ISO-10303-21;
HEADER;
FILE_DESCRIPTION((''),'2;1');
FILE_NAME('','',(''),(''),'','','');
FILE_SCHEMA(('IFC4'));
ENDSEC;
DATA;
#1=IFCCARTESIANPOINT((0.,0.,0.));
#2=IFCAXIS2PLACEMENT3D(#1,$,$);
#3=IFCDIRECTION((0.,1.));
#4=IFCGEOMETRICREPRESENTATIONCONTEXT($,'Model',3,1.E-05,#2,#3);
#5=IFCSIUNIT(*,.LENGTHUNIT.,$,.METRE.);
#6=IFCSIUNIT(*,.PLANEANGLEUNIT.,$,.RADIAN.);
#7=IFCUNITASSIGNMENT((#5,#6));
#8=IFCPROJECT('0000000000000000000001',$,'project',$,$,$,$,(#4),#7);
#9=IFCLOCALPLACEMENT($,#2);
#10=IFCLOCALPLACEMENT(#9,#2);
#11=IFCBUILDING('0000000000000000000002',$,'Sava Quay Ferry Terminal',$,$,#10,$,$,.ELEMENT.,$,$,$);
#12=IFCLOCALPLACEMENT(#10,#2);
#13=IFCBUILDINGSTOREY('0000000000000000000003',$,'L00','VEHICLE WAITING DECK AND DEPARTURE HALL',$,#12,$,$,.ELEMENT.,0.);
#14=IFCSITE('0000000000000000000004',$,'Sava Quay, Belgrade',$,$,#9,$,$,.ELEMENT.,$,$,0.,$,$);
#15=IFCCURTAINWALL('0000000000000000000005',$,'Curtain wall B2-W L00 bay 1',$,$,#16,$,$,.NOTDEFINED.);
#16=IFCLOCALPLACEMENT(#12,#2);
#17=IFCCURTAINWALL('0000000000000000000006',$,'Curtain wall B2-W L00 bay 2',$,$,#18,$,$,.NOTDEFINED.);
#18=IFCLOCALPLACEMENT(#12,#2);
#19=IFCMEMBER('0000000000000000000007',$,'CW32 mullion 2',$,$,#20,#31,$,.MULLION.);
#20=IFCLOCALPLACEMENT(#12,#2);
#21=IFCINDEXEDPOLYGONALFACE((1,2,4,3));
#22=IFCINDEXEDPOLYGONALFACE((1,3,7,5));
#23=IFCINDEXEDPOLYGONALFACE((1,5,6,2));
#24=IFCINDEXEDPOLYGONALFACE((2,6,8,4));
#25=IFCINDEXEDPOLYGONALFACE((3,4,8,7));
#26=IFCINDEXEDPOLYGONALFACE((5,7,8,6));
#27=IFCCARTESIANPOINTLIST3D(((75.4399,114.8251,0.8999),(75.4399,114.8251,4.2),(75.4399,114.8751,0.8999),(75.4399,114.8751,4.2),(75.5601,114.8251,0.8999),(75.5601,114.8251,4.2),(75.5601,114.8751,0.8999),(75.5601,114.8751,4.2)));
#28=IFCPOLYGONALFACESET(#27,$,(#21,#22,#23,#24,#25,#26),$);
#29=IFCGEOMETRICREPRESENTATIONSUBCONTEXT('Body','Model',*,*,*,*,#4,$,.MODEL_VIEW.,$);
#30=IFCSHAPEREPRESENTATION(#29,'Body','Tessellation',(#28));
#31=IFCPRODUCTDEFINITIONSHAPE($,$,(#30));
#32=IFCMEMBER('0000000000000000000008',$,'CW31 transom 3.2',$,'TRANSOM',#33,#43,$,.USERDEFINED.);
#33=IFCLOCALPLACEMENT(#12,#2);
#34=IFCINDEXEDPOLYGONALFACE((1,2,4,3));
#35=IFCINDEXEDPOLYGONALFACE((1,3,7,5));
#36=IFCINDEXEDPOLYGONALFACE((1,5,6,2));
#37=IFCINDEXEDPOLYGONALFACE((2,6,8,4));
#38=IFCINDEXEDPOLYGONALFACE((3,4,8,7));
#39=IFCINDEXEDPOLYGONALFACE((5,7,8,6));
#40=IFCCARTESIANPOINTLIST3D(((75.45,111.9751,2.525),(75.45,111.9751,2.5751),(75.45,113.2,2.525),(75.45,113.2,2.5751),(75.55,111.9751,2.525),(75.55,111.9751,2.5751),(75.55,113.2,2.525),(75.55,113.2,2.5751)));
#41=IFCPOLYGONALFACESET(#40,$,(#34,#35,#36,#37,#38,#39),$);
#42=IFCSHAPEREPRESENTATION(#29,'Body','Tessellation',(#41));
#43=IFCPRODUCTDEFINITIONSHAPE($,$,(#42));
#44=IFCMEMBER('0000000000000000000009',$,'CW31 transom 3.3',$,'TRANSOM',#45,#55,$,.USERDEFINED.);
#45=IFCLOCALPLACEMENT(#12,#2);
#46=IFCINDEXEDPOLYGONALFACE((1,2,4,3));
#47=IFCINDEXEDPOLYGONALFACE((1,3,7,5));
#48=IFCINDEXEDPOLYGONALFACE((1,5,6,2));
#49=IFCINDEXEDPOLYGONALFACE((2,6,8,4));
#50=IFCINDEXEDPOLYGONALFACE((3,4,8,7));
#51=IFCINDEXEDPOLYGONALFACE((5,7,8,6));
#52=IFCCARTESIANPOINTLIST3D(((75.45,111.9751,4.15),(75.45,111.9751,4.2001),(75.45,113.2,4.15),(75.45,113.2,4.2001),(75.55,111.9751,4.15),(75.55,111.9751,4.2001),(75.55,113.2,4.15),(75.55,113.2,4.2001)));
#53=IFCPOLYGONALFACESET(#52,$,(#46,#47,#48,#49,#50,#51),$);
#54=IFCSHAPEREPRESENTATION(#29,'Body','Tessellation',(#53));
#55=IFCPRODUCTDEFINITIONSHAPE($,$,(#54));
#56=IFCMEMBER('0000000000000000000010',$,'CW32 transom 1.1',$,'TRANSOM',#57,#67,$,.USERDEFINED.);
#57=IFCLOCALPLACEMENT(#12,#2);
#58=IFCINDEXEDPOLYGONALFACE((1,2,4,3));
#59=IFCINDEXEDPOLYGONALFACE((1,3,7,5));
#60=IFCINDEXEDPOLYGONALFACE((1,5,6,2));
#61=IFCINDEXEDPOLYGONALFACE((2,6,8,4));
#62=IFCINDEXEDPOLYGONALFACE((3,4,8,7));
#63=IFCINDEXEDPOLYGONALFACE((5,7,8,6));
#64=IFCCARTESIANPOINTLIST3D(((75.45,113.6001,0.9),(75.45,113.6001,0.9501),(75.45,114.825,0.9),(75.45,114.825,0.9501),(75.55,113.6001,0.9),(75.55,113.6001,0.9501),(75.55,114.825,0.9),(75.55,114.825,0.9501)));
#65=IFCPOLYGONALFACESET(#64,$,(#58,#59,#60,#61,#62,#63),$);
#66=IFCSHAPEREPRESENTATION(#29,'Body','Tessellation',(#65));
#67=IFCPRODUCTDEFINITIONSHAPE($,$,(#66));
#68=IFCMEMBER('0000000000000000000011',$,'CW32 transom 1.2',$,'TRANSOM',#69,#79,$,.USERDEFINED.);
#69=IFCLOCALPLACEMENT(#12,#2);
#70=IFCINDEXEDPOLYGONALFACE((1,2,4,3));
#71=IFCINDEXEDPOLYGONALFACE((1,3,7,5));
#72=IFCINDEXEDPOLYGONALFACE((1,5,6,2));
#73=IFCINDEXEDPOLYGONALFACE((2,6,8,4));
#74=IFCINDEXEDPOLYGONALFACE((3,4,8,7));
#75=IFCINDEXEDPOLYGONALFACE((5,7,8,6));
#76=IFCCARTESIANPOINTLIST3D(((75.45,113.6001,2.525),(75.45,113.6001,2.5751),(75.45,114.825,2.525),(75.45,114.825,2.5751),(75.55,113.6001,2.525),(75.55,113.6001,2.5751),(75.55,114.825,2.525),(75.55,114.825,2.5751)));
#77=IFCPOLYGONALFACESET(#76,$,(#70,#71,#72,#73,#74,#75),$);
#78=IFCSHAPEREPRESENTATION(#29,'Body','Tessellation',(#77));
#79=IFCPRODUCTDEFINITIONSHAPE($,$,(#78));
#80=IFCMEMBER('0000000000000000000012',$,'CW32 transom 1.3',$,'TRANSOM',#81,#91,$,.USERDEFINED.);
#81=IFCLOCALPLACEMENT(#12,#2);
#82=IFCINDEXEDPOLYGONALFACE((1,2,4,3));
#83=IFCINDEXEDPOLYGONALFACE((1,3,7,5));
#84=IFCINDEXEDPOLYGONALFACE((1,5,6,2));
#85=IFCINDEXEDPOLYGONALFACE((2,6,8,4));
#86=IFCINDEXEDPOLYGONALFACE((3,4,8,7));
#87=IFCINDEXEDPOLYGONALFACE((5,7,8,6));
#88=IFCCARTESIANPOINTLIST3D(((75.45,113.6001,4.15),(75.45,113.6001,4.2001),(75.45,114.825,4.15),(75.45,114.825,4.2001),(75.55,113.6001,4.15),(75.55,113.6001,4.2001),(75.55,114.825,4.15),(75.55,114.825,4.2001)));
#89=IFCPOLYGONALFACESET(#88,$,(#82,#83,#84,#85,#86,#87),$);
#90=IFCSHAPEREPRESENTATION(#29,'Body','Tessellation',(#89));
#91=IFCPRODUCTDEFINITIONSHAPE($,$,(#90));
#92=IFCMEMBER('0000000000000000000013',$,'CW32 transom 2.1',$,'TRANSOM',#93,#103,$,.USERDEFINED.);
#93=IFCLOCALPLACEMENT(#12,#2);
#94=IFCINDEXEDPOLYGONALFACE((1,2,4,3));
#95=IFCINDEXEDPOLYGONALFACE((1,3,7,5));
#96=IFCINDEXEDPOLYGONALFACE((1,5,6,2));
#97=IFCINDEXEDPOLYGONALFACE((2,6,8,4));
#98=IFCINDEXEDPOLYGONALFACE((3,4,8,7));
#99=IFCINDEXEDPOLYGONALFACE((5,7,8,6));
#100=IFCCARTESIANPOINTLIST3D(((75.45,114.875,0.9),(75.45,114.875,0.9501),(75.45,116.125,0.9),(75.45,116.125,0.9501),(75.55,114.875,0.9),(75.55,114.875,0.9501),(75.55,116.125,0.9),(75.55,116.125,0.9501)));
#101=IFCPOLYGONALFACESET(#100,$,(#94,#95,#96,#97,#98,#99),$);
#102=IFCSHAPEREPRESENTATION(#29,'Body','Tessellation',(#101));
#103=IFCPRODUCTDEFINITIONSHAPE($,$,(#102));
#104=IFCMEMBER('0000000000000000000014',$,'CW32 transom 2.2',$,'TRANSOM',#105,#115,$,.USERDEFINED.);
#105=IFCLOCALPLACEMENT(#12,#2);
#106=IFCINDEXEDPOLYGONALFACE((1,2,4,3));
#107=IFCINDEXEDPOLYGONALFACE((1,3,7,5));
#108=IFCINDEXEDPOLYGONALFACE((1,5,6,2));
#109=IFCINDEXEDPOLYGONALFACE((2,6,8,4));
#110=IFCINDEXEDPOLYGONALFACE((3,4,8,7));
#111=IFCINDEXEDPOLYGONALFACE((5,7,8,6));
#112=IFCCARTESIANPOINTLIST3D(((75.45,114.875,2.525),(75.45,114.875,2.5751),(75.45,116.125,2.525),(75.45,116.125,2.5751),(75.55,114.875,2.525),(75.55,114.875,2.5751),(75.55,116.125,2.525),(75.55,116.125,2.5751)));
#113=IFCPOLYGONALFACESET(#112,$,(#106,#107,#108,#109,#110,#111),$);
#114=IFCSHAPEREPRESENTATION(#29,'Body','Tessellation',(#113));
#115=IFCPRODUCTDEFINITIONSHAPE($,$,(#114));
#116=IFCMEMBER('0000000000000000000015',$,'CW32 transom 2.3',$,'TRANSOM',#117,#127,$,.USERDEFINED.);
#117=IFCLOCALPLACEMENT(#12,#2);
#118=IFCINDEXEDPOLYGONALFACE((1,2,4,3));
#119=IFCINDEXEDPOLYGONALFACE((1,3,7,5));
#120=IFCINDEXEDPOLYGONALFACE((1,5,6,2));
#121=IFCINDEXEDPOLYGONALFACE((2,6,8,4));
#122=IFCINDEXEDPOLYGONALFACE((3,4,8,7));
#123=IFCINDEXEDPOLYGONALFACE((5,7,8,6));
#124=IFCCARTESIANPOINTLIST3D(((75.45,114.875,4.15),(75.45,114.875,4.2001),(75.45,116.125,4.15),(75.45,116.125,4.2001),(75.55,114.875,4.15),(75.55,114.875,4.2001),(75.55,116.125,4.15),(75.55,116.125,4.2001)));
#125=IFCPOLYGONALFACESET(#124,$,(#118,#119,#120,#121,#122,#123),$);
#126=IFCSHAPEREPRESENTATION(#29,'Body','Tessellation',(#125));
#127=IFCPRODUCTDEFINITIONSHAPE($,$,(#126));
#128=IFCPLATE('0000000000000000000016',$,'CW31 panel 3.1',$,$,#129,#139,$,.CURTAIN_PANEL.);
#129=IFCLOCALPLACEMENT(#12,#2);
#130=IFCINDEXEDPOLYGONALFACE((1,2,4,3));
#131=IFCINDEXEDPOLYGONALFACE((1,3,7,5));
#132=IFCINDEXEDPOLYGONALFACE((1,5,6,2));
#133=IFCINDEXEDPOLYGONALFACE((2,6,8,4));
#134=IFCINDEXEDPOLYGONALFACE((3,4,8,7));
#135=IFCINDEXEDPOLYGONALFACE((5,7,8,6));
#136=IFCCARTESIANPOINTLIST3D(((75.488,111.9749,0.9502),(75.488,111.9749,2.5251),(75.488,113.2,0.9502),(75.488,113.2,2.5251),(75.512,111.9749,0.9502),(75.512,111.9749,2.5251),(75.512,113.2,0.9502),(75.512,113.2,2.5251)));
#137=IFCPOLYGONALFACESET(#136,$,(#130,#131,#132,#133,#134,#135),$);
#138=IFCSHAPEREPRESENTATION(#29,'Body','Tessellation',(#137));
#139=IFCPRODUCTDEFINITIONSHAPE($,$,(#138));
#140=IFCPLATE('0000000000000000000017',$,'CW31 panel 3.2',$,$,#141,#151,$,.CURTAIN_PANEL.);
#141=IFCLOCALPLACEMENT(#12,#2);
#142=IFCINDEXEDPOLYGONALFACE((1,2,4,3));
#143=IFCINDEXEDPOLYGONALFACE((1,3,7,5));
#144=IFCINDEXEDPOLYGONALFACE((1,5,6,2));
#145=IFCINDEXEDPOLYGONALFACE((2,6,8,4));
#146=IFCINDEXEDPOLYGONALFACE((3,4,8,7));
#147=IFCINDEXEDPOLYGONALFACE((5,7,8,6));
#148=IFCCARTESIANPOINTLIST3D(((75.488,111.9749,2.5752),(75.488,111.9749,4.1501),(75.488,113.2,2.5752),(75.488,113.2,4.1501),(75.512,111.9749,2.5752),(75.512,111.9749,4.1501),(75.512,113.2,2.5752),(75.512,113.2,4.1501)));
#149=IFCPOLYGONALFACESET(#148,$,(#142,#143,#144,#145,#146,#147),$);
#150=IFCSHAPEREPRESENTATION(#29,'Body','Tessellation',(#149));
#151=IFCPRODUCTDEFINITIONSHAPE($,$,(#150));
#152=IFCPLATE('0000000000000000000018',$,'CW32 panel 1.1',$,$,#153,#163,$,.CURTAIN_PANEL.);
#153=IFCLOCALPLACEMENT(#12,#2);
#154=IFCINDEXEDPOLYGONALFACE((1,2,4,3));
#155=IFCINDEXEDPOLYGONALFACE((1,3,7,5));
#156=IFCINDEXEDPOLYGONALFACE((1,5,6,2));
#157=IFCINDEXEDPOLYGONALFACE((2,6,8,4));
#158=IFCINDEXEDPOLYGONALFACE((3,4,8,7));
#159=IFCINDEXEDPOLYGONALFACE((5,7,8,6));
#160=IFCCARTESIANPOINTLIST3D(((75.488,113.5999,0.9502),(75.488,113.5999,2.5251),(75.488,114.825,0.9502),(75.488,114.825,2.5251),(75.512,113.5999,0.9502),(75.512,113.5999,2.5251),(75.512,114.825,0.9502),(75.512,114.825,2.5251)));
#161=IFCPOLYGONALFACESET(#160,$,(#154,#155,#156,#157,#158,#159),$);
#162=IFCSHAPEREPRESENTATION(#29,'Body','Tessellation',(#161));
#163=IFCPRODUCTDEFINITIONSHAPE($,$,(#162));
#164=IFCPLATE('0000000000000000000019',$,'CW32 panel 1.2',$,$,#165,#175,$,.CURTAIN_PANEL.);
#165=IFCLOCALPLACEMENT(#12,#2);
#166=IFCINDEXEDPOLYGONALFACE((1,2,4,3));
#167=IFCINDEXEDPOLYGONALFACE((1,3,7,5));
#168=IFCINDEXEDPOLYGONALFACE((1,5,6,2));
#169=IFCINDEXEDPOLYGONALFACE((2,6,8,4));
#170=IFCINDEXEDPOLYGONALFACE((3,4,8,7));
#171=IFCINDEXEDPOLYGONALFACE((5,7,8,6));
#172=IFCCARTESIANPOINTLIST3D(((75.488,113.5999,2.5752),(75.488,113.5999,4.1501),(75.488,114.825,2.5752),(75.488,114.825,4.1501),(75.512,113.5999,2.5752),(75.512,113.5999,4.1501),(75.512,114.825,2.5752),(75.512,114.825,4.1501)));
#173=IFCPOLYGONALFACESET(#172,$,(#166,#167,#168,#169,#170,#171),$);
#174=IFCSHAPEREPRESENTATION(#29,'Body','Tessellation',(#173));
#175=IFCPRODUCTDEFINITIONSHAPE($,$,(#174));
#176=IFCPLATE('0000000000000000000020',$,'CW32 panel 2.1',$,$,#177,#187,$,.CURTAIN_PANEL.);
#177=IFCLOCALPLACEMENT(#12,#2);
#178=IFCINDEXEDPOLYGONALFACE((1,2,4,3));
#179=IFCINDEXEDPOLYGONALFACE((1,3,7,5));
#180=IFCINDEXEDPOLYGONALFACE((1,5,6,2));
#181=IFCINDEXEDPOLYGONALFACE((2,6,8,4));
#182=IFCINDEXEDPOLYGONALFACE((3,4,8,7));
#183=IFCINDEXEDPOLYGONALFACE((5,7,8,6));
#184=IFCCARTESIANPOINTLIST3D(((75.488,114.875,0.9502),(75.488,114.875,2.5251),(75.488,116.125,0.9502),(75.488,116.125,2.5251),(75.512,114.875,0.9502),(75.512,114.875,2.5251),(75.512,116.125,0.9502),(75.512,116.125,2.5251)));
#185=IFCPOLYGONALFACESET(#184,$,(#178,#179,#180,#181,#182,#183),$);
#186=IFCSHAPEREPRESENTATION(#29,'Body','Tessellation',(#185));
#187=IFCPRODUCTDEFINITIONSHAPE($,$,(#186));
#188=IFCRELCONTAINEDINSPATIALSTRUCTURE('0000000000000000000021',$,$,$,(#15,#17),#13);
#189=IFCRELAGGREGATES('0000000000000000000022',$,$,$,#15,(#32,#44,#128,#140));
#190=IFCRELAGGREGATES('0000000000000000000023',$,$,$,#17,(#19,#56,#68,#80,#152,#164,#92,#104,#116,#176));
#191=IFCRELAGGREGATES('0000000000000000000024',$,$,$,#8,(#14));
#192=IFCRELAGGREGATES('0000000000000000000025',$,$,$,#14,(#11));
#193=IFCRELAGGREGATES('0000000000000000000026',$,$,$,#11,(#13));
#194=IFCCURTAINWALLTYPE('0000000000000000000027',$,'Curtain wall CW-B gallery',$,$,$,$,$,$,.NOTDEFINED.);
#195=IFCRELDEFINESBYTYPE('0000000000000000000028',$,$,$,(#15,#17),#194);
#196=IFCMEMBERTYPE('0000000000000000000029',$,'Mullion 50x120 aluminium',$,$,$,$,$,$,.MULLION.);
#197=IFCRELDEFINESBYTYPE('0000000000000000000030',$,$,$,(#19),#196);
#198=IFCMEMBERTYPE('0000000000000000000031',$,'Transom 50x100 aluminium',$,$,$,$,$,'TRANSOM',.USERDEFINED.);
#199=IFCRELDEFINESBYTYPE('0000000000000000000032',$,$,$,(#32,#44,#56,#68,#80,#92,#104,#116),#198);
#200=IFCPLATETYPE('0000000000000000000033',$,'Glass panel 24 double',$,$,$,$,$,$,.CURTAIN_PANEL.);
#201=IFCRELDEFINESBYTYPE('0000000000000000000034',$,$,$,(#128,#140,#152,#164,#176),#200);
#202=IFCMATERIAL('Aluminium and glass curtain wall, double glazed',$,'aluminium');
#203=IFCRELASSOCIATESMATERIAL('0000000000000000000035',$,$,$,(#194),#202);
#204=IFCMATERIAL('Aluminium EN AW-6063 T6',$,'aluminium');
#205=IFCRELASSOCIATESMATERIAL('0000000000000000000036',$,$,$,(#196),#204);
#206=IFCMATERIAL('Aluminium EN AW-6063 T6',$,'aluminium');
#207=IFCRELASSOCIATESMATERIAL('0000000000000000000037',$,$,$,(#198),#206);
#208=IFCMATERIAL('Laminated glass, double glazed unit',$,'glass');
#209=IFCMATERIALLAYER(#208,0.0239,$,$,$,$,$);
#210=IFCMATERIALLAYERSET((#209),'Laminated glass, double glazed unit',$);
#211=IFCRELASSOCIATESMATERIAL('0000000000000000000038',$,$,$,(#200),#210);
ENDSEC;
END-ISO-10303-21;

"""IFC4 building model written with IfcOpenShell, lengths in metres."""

from ifc_helpers import new_model, si_unit, direction, frame, origin, origin_2d, place, context, subcontext, project, spatial, rectangle, extrude, material, layer, layer_set, material_profile, profile_set, type_object, element, aggregate, save


model = new_model("IFC4")

# Units and contexts
model_context = context("Model", 3, precision=1e-05, world=origin(), true_north=direction((0.0, 1.0)))
body_context = subcontext(model_context, "Body", "Model", "MODEL_VIEW")
ifc_project = project(units=[si_unit("LENGTHUNIT", "METRE"), si_unit("PLANEANGLEUNIT", "RADIAN")], contexts=[model_context])

# Site, building, storey
site_placement = place(None, origin())
site = spatial("IfcSite", under=ifc_project, at=site_placement, Name="Sava Quay, Belgrade", CompositionType="ELEMENT", RefElevation=0.0)
building_placement = place(site_placement, origin())
building = spatial("IfcBuilding", under=site, at=building_placement, Name="Sava Quay Ferry Terminal", CompositionType="ELEMENT")
storey_placement = place(building_placement, origin())
storey = spatial("IfcBuildingStorey", under=building, at=storey_placement, Name="L00", Description="VEHICLE WAITING DECK AND DEPARTURE HALL", CompositionType="ELEMENT", Elevation=0.0)

# Curtain wall
ifc_material_1 = material(Name="Aluminium and glass curtain wall, double glazed", Category="aluminium")
curtain_wall_type = type_object("IfcCurtainWallType", Name="Curtain wall CW-B gallery", PredefinedType="NOTDEFINED", material=ifc_material_1)
curtain_wall_1_placement = place(storey_placement, origin())
curtain_wall_1 = element("IfcCurtainWall", 1, at=curtain_wall_1_placement, inside=storey, type_object=curtain_wall_type, Name="Curtain wall B2-W L00 bay 1", PredefinedType="NOTDEFINED")
ifc_material_2 = material(Name="Aluminium EN AW-6063 T6", Category="aluminium")
ifc_material_profile_1 = material_profile(ifc_material_2, rectangle(XDim=0.1201, YDim=0.05, at=origin_2d()), Name="Mullion 50x120 aluminium")
ifc_profile_set_1 = profile_set([ifc_material_profile_1], Name="Aluminium EN AW-6063 T6")
member_type_1 = type_object("IfcMemberType", Name="Mullion 50x120 aluminium", PredefinedType="MULLION", material=ifc_profile_set_1)

# Curtain wall, member
curtain_wall_2_placement = place(storey_placement, origin())
curtain_wall_2 = element("IfcCurtainWall", 2, at=curtain_wall_2_placement, inside=storey, type_object=curtain_wall_type, Name="Curtain wall B2-W L00 bay 2", PredefinedType="NOTDEFINED")
member_1_placement = place(storey_placement, frame((75.5, 114.8501, 0.8999), z_axis=(0.0, 0.0, 1.0), x_axis=(-1.0, 0.0, 0.0)))
member_1 = element("IfcMember", 3, at=member_1_placement, type_object=member_type_1, Name="CW32 mullion 2", PredefinedType="MULLION", context=body_context, shape_type="SweptSolid", body=[
    extrude(rectangle(XDim=0.1201, YDim=0.05, at=origin_2d()), origin(), (0.0, 0.0, 1.0), 3.3),
])

# Members
ifc_material_3 = material(Name="Aluminium EN AW-6063 T6", Category="aluminium")
ifc_material_profile_2 = material_profile(ifc_material_3, rectangle(XDim=0.1001, YDim=0.05, at=origin_2d()), Name="Transom 50x100 aluminium")
ifc_profile_set_2 = profile_set([ifc_material_profile_2], Name="Aluminium EN AW-6063 T6")
member_type_2 = type_object("IfcMemberType", Name="Transom 50x100 aluminium", ElementType="TRANSOM", PredefinedType="USERDEFINED", material=ifc_profile_set_2)
member_2_placement = place(storey_placement, frame((75.5, 111.9751, 2.55), z_axis=(0.0, 1.0, 0.0), x_axis=(-1.0, 0.0, 0.0)))
member_2 = element("IfcMember", 4, at=member_2_placement, type_object=member_type_2, Name="CW31 transom 3.2", ObjectType="TRANSOM", PredefinedType="USERDEFINED", context=body_context, shape_type="SweptSolid", body=[
    extrude(rectangle(XDim=0.1001, YDim=0.05, at=origin_2d()), origin(), (0.0, 0.0, 1.0), 1.2249),
])
member_3_placement = place(storey_placement, frame((75.5, 111.9751, 4.175), z_axis=(0.0, 1.0, 0.0), x_axis=(-1.0, 0.0, 0.0)))
member_3 = element("IfcMember", 5, at=member_3_placement, type_object=member_type_2, Name="CW31 transom 3.3", ObjectType="TRANSOM", PredefinedType="USERDEFINED", context=body_context, shape_type="SweptSolid", body=[
    extrude(rectangle(XDim=0.1001, YDim=0.05, at=origin_2d()), origin(), (0.0, 0.0, 1.0), 1.2249),
])
member_4_placement = place(storey_placement, frame((75.5, 113.6001, 0.925), z_axis=(0.0, 1.0, 0.0), x_axis=(-1.0, 0.0, 0.0)))
member_4 = element("IfcMember", 6, at=member_4_placement, type_object=member_type_2, Name="CW32 transom 1.1", ObjectType="TRANSOM", PredefinedType="USERDEFINED", context=body_context, shape_type="SweptSolid", body=[
    extrude(rectangle(XDim=0.1001, YDim=0.05, at=origin_2d()), origin(), (0.0, 0.0, 1.0), 1.2249),
])
member_5_placement = place(storey_placement, frame((75.5, 113.6001, 2.55), z_axis=(0.0, 1.0, 0.0), x_axis=(-1.0, 0.0, 0.0)))
member_5 = element("IfcMember", 7, at=member_5_placement, type_object=member_type_2, Name="CW32 transom 1.2", ObjectType="TRANSOM", PredefinedType="USERDEFINED", context=body_context, shape_type="SweptSolid", body=[
    extrude(rectangle(XDim=0.1001, YDim=0.05, at=origin_2d()), origin(), (0.0, 0.0, 1.0), 1.2249),
])
member_6_placement = place(storey_placement, frame((75.5, 113.6001, 4.175), z_axis=(0.0, 1.0, 0.0), x_axis=(-1.0, 0.0, 0.0)))
member_6 = element("IfcMember", 8, at=member_6_placement, type_object=member_type_2, Name="CW32 transom 1.3", ObjectType="TRANSOM", PredefinedType="USERDEFINED", context=body_context, shape_type="SweptSolid", body=[
    extrude(rectangle(XDim=0.1001, YDim=0.05, at=origin_2d()), origin(), (0.0, 0.0, 1.0), 1.2249),
])
member_7_placement = place(storey_placement, frame((75.5, 114.875, 0.925), z_axis=(0.0, 1.0, 0.0), x_axis=(-1.0, 0.0, 0.0)))
member_7 = element("IfcMember", 9, at=member_7_placement, type_object=member_type_2, Name="CW32 transom 2.1", ObjectType="TRANSOM", PredefinedType="USERDEFINED", context=body_context, shape_type="SweptSolid", body=[
    extrude(rectangle(XDim=0.1001, YDim=0.05, at=origin_2d()), origin(), (0.0, 0.0, 1.0), 1.25),
])
member_8_placement = place(storey_placement, frame((75.5, 114.875, 2.55), z_axis=(0.0, 1.0, 0.0), x_axis=(-1.0, 0.0, 0.0)))
member_8 = element("IfcMember", 10, at=member_8_placement, type_object=member_type_2, Name="CW32 transom 2.2", ObjectType="TRANSOM", PredefinedType="USERDEFINED", context=body_context, shape_type="SweptSolid", body=[
    extrude(rectangle(XDim=0.1001, YDim=0.05, at=origin_2d()), origin(), (0.0, 0.0, 1.0), 1.25),
])
member_9_placement = place(storey_placement, frame((75.5, 114.875, 4.175), z_axis=(0.0, 1.0, 0.0), x_axis=(-1.0, 0.0, 0.0)))
member_9 = element("IfcMember", 11, at=member_9_placement, type_object=member_type_2, Name="CW32 transom 2.3", ObjectType="TRANSOM", PredefinedType="USERDEFINED", context=body_context, shape_type="SweptSolid", body=[
    extrude(rectangle(XDim=0.1001, YDim=0.05, at=origin_2d()), origin(), (0.0, 0.0, 1.0), 1.25),
])

# Plates
ifc_material_4 = material(Name="Laminated glass, double glazed unit", Category="glass")
ifc_layer_1 = layer(ifc_material_4, 0.0239)
ifc_layer_set_1 = layer_set([ifc_layer_1], Name="Laminated glass, double glazed unit")
plate_type = type_object("IfcPlateType", Name="Glass panel 24 double", PredefinedType="CURTAIN_PANEL", material=ifc_layer_set_1)
plate_1_placement = place(storey_placement, frame((75.5, 112.5874, 0.9502), z_axis=(0.0, 0.0, 1.0), x_axis=(0.0, 1.0, 0.0)))
plate_1 = element("IfcPlate", 12, at=plate_1_placement, type_object=plate_type, Name="CW31 panel 3.1", PredefinedType="CURTAIN_PANEL", context=body_context, shape_type="SweptSolid", body=[
    extrude(rectangle(XDim=1.2251, YDim=0.0239, at=origin_2d()), origin(), (0.0, 0.0, 1.0), 1.575),
])
plate_2_placement = place(storey_placement, frame((75.5, 112.5874, 2.5752), z_axis=(0.0, 0.0, 1.0), x_axis=(0.0, 1.0, 0.0)))
plate_2 = element("IfcPlate", 13, at=plate_2_placement, type_object=plate_type, Name="CW31 panel 3.2", PredefinedType="CURTAIN_PANEL", context=body_context, shape_type="SweptSolid", body=[
    extrude(rectangle(XDim=1.2251, YDim=0.0239, at=origin_2d()), origin(), (0.0, 0.0, 1.0), 1.575),
])
aggregate(curtain_wall_1, [member_2, member_3, plate_1, plate_2])
plate_3_placement = place(storey_placement, frame((75.5, 114.2124, 0.9502), z_axis=(0.0, 0.0, 1.0), x_axis=(0.0, 1.0, 0.0)))
plate_3 = element("IfcPlate", 14, at=plate_3_placement, type_object=plate_type, Name="CW32 panel 1.1", PredefinedType="CURTAIN_PANEL", context=body_context, shape_type="SweptSolid", body=[
    extrude(rectangle(XDim=1.2251, YDim=0.0239, at=origin_2d()), origin(), (0.0, 0.0, 1.0), 1.575),
])
plate_4_placement = place(storey_placement, frame((75.5, 114.2124, 2.5752), z_axis=(0.0, 0.0, 1.0), x_axis=(0.0, 1.0, 0.0)))
plate_4 = element("IfcPlate", 15, at=plate_4_placement, type_object=plate_type, Name="CW32 panel 1.2", PredefinedType="CURTAIN_PANEL", context=body_context, shape_type="SweptSolid", body=[
    extrude(rectangle(XDim=1.2251, YDim=0.0239, at=origin_2d()), origin(), (0.0, 0.0, 1.0), 1.575),
])
plate_5_placement = place(storey_placement, frame((75.5, 115.5, 0.9502), z_axis=(0.0, 0.0, 1.0), x_axis=(0.0, 1.0, 0.0)))
plate_5 = element("IfcPlate", 16, at=plate_5_placement, type_object=plate_type, Name="CW32 panel 2.1", PredefinedType="CURTAIN_PANEL", context=body_context, shape_type="SweptSolid", body=[
    extrude(rectangle(XDim=1.25, YDim=0.0239, at=origin_2d()), origin(), (0.0, 0.0, 1.0), 1.575),
])
aggregate(curtain_wall_2, [member_1, member_4, member_5, member_6, plate_3, plate_4, member_7, member_8, member_9, plate_5])

save(model, "model.ifc")
